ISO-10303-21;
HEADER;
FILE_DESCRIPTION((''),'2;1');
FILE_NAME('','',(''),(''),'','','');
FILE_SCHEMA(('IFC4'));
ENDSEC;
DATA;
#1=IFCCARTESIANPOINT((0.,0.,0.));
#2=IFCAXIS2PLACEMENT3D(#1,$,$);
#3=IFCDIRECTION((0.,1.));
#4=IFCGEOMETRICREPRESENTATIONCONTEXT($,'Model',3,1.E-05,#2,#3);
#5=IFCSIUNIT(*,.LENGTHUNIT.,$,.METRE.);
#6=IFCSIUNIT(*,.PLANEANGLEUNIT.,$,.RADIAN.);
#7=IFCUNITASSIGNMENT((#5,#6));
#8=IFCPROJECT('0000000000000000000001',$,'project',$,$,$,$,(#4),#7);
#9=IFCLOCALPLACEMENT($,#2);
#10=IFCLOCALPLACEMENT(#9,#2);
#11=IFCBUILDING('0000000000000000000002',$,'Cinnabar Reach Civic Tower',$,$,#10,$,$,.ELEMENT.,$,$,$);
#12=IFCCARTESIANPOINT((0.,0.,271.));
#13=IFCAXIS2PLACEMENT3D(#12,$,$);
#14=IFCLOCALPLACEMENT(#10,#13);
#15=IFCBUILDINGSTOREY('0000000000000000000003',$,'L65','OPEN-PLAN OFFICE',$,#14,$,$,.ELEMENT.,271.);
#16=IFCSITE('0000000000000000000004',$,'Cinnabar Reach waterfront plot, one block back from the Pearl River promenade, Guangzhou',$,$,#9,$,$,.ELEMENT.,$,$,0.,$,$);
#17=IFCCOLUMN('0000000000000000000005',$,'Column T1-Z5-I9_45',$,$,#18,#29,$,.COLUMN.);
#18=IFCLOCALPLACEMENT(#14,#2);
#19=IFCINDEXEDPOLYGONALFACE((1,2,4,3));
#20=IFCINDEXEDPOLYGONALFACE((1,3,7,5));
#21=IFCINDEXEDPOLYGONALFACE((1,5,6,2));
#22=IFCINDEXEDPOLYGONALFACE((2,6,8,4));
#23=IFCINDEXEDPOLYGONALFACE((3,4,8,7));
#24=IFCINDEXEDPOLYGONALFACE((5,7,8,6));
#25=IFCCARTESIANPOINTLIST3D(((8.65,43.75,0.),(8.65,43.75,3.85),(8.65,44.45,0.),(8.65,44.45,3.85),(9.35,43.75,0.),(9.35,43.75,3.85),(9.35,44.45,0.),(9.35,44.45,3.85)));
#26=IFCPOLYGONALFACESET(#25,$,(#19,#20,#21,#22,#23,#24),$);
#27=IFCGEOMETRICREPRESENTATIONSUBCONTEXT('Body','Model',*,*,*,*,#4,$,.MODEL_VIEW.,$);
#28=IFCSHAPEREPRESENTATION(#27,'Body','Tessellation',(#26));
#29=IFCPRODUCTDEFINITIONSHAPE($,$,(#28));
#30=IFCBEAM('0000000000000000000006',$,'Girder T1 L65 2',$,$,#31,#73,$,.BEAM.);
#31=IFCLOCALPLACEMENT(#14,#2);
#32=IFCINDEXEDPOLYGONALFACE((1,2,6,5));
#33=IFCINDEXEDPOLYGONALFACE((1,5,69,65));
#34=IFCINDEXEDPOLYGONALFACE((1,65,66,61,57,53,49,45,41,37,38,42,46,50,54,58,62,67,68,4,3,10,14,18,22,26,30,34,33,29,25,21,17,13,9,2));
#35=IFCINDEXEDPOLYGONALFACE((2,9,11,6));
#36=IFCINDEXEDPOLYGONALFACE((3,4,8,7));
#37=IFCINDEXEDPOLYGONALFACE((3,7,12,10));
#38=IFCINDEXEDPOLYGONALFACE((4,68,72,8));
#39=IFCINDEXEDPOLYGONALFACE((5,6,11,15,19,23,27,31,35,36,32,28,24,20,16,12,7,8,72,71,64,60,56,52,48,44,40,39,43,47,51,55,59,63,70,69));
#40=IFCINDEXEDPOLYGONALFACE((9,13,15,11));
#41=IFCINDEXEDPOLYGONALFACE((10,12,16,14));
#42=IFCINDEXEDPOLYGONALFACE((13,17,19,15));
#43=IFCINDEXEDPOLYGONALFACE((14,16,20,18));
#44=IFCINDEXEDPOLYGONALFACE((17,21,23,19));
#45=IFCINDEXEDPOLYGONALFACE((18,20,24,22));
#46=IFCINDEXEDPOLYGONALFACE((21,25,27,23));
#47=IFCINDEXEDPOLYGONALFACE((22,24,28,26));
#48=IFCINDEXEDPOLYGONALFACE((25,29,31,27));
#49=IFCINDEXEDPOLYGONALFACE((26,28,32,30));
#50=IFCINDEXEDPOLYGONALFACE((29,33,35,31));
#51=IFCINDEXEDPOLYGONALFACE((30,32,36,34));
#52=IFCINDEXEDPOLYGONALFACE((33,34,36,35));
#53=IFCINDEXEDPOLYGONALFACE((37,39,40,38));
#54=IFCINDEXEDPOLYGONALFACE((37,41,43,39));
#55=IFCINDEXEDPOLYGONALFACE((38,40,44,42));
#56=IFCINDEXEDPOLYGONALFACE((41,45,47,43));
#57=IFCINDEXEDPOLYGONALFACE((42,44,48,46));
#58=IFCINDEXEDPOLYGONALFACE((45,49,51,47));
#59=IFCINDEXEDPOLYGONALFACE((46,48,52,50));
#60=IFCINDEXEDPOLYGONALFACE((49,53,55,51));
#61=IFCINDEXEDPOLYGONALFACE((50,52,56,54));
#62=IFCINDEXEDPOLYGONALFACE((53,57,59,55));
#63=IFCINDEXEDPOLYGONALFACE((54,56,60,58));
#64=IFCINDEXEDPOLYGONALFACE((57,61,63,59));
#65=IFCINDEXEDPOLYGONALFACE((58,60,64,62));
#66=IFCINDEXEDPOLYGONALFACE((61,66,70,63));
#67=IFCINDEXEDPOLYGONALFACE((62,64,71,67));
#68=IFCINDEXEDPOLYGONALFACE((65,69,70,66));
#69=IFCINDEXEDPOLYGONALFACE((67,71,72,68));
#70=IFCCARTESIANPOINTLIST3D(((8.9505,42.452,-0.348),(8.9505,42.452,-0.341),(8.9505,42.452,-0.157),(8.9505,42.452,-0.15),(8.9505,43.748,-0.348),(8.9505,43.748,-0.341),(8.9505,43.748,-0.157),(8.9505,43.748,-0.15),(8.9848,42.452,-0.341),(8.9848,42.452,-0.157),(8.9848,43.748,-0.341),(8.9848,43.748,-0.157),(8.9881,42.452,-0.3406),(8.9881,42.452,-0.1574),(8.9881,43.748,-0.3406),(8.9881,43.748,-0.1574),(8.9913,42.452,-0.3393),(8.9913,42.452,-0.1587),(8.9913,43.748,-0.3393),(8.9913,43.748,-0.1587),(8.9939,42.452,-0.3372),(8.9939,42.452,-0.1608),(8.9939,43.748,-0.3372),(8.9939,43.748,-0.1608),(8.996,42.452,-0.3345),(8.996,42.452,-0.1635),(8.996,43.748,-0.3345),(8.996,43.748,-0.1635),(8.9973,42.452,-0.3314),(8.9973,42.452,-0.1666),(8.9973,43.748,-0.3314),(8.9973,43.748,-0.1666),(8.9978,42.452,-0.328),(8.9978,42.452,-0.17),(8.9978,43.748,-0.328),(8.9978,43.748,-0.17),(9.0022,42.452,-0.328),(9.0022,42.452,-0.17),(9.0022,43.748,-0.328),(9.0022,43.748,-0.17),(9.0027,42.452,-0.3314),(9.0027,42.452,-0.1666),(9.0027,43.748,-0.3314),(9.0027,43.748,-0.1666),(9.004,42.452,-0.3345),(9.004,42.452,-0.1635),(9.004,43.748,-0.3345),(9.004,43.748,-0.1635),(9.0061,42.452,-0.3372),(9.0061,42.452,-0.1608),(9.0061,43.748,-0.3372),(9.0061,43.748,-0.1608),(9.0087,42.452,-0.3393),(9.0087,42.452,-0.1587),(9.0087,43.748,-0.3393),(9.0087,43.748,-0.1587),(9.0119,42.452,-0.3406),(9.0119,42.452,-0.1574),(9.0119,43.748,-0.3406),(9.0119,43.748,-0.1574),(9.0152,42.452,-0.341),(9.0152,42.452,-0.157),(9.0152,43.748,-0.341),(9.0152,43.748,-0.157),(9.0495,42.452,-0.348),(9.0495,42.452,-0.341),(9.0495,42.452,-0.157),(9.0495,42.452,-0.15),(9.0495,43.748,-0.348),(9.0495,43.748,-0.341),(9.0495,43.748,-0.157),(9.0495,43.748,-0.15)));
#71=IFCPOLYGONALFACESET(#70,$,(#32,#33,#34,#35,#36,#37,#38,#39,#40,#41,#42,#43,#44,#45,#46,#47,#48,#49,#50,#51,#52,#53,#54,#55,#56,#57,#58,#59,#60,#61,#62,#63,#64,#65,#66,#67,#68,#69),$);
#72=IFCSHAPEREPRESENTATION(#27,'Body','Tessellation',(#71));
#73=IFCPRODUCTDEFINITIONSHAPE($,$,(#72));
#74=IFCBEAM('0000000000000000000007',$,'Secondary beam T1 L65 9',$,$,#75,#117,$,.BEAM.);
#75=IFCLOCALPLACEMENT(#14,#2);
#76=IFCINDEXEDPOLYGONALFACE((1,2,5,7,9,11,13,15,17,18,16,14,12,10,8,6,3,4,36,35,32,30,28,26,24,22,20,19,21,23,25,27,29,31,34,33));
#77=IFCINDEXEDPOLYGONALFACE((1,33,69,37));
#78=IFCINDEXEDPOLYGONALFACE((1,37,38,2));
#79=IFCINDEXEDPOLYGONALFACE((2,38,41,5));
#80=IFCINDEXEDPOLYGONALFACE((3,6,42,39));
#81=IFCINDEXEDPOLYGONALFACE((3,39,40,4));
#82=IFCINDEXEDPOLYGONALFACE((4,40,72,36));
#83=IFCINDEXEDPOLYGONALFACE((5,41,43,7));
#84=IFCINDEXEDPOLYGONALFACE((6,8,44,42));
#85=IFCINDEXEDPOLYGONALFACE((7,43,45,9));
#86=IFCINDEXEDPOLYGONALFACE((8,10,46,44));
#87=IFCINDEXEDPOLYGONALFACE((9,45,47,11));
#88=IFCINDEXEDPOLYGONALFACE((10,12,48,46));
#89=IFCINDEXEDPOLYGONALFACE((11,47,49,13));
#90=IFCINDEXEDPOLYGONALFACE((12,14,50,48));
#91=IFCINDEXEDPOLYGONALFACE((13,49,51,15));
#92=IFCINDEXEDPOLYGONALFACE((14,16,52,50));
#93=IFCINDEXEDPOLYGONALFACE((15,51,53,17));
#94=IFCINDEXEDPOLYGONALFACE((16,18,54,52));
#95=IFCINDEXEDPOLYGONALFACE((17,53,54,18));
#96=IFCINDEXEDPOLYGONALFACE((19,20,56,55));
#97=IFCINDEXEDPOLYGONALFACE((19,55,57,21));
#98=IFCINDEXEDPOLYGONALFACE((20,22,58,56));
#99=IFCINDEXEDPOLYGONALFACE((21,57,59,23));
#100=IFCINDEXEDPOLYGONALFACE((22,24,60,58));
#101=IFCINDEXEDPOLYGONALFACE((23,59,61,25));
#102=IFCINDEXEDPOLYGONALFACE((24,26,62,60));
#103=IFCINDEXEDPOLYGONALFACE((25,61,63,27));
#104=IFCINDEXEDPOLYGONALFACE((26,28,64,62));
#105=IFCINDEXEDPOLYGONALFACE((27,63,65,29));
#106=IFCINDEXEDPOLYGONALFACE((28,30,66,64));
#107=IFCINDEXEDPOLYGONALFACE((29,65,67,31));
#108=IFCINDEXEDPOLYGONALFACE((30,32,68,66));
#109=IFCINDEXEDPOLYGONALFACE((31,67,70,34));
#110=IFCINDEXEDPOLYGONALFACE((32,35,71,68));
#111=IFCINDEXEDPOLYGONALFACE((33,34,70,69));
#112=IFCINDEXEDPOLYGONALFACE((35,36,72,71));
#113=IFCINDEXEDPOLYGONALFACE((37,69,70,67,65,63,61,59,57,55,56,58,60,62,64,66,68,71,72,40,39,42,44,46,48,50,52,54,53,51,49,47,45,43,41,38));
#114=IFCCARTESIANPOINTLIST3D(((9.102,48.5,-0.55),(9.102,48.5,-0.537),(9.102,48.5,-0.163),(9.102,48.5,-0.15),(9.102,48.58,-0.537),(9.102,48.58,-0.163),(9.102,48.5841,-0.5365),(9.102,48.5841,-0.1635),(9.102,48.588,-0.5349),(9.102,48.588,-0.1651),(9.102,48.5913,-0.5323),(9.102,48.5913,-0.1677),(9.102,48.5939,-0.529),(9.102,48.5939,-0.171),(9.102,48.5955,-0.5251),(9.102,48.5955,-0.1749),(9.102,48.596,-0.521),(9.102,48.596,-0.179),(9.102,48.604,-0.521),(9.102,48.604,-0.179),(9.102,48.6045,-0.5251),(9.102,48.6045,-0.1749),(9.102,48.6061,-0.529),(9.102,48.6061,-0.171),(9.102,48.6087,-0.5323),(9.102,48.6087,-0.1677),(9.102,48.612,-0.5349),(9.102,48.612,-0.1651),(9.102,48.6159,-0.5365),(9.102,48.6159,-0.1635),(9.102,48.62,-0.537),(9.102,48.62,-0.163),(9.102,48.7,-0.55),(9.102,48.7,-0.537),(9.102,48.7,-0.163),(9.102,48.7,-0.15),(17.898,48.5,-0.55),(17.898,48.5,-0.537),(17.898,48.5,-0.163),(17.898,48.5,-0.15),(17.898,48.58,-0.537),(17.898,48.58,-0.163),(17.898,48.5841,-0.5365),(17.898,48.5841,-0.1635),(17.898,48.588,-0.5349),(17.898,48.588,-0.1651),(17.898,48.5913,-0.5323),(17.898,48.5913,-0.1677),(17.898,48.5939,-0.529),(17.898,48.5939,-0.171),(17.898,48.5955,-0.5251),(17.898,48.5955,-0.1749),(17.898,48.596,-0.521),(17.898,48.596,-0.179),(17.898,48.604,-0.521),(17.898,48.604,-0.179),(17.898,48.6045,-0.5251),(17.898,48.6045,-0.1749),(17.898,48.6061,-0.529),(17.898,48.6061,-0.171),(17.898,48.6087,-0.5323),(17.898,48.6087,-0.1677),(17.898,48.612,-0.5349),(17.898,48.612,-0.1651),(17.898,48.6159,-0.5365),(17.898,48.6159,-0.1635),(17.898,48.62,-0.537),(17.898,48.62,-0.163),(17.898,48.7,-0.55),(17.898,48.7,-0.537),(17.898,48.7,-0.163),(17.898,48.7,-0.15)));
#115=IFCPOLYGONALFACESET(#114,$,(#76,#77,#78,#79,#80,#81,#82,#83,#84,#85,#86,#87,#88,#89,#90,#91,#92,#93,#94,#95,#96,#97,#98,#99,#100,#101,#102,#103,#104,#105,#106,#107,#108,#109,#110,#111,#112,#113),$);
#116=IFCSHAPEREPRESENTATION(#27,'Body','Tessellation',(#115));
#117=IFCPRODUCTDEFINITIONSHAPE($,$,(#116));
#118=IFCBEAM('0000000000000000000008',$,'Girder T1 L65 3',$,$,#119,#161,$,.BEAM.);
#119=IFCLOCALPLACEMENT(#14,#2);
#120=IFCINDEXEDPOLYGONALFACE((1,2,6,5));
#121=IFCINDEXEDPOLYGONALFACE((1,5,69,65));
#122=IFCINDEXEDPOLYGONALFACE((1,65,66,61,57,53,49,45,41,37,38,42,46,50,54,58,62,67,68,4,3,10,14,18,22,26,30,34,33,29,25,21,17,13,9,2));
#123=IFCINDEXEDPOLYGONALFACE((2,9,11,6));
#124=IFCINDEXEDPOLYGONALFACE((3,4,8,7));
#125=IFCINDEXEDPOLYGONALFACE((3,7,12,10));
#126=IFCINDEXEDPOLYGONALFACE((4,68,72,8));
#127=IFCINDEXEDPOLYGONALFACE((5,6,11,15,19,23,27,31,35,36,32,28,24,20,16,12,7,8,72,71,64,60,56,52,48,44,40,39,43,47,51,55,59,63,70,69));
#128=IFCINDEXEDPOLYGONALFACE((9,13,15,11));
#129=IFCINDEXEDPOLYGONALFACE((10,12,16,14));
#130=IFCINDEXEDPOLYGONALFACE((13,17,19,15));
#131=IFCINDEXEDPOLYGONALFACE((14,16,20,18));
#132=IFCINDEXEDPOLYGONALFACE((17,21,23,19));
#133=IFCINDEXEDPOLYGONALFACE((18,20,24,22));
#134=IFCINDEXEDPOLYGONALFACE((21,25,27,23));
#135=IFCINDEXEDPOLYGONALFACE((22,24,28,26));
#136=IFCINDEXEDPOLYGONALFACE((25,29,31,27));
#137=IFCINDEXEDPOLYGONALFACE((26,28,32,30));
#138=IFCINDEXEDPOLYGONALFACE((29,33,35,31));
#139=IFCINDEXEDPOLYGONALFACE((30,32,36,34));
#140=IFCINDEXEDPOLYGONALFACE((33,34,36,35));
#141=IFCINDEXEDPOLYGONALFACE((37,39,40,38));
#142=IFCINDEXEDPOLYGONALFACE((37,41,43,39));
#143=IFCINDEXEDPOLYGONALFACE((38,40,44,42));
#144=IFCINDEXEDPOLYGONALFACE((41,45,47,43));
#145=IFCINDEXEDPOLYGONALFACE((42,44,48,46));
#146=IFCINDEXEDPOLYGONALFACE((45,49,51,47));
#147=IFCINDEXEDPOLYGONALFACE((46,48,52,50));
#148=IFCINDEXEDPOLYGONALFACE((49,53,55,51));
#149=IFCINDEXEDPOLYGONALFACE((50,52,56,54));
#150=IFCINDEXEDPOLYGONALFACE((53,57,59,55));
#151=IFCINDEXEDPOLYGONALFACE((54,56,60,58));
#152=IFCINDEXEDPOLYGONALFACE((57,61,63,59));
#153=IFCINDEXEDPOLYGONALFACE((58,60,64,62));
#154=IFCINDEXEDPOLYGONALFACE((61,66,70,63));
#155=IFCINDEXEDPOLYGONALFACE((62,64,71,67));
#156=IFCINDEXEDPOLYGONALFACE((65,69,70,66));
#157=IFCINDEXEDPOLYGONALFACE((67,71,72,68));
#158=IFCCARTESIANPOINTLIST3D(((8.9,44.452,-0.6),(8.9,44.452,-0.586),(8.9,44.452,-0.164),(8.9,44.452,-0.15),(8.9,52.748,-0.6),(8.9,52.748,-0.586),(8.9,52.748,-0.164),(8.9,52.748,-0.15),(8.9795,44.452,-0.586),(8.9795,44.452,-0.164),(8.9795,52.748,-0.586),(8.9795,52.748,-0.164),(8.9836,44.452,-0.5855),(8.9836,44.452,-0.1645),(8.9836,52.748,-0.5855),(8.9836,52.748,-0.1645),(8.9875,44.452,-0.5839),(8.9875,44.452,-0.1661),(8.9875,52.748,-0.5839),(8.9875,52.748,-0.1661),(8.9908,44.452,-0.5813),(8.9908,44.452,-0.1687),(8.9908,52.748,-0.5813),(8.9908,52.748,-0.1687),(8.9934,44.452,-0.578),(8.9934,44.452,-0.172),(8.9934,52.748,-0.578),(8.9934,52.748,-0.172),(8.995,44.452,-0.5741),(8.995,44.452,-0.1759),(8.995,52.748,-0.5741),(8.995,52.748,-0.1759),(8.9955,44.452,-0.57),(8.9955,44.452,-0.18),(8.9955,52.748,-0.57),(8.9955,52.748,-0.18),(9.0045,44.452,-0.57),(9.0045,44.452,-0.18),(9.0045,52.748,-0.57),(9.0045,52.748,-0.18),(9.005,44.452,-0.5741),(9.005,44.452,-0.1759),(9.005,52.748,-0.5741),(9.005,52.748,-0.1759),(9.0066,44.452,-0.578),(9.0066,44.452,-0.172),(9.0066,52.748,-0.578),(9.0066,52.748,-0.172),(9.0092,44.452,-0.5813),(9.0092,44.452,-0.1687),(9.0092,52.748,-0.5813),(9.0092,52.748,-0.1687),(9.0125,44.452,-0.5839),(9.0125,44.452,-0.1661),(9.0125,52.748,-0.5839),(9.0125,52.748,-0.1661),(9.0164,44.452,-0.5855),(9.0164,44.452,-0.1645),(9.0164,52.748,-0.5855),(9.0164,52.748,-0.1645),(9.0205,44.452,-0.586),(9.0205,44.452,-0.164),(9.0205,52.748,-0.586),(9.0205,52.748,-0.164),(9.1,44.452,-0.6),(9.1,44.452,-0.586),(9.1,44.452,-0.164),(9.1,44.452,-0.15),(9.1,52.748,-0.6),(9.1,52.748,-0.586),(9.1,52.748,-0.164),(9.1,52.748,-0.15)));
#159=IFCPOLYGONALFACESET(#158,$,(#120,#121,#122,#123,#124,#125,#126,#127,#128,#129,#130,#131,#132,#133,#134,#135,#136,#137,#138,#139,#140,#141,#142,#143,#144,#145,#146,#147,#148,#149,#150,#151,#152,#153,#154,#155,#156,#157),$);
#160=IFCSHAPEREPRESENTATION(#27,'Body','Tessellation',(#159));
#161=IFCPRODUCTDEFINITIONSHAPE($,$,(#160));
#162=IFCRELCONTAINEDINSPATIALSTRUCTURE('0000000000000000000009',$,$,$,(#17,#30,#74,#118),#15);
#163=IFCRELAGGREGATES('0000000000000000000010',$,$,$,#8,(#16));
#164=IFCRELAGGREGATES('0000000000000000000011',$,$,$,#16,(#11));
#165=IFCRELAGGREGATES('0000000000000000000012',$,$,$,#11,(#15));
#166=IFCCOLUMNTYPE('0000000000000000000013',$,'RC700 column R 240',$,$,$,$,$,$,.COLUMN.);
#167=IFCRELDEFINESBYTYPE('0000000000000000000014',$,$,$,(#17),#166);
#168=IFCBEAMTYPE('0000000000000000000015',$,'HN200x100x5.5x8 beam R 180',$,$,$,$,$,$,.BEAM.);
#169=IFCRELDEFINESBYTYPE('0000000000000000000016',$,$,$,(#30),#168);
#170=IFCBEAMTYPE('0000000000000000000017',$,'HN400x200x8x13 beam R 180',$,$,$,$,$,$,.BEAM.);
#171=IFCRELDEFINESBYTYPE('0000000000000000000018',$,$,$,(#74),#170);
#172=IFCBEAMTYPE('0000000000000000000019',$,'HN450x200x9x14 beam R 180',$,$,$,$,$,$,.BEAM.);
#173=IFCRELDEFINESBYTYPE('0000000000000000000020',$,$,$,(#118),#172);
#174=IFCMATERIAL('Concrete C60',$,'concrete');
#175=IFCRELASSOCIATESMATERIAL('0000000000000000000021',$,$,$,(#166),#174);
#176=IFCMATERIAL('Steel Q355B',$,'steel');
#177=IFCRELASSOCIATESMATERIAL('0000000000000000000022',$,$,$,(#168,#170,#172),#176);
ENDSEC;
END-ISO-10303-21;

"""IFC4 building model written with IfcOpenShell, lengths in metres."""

from ifc_helpers import new_model, si_unit, direction, frame, origin, origin_2d, place, context, subcontext, project, spatial, rectangle, i_section, extrude, material, material_profile, profile_set, type_object, element, save


model = new_model("IFC4")

# Units and contexts
model_context = context("Model", 3, precision=1e-05, world=origin(), true_north=direction((0.0, 1.0)))
body_context = subcontext(model_context, "Body", "Model", "MODEL_VIEW")
ifc_project = project(units=[si_unit("LENGTHUNIT", "METRE"), si_unit("PLANEANGLEUNIT", "RADIAN")], contexts=[model_context])

# Site, building, storey
site_placement = place(None, origin())
site = spatial("IfcSite", under=ifc_project, at=site_placement, Name="Cinnabar Reach waterfront plot, one block back from the Pearl River promenade, Guangzhou", CompositionType="ELEMENT", RefElevation=0.0)
building_placement = place(site_placement, origin())
building = spatial("IfcBuilding", under=site, at=building_placement, Name="Cinnabar Reach Civic Tower", CompositionType="ELEMENT")
storey_placement = place(building_placement, frame((0.0, 0.0, 271.0)))
storey = spatial("IfcBuildingStorey", under=building, at=storey_placement, Name="L65", Description="OPEN-PLAN OFFICE", CompositionType="ELEMENT", Elevation=271.0)

# Column
ifc_material_1 = material(Name="Concrete C60", Category="concrete")
ifc_material_profile_1 = material_profile(ifc_material_1, rectangle(XDim=0.7, YDim=0.7, at=origin_2d()), Name="RC700")
ifc_profile_set_1 = profile_set([ifc_material_profile_1], Name="Concrete C60")
column_type = type_object("IfcColumnType", Name="RC700 column R 240", PredefinedType="COLUMN", material=ifc_profile_set_1)
column_placement = place(storey_placement, frame((9.0, 44.1, 0.0), z_axis=(0.0, 0.0, 1.0), x_axis=(1.0, 0.0, 0.0)))
element("IfcColumn", 1, at=column_placement, inside=storey, type_object=column_type, Name="Column T1-Z5-I9_45", PredefinedType="COLUMN", context=body_context, shape_type="SweptSolid", body=[
    extrude(rectangle(XDim=0.7, YDim=0.7, at=origin_2d()), origin(), (0.0, 0.0, 1.0), 3.85),
])

# Beams
ifc_material_2 = material(Name="Steel Q355B", Category="steel")
ifc_material_profile_2 = material_profile(ifc_material_2, i_section(OverallWidth=0.099, OverallDepth=0.198, WebThickness=0.0045, FlangeThickness=0.007, FilletRadius=0.013, at=origin_2d()), Name="HN200x100x5.5x8")
ifc_profile_set_2 = profile_set([ifc_material_profile_2], Name="Steel Q355B")
beam_type_1 = type_object("IfcBeamType", Name="HN200x100x5.5x8 beam R 180", PredefinedType="BEAM", material=ifc_profile_set_2)
beam_1_placement = place(storey_placement, frame((9.0, 42.452, -0.249), z_axis=(0.0, 1.0, 0.0), x_axis=(-1.0, 0.0, 0.0)))
element("IfcBeam", 2, at=beam_1_placement, inside=storey, type_object=beam_type_1, Name="Girder T1 L65 2", PredefinedType="BEAM", context=body_context, shape_type="SweptSolid", body=[
    extrude(i_section(OverallWidth=0.099, OverallDepth=0.198, WebThickness=0.0045, FlangeThickness=0.007, FilletRadius=0.013, at=origin_2d()), origin(), (0.0, 0.0, 1.0), 1.296),
])
ifc_material_profile_3 = material_profile(ifc_material_2, i_section(OverallWidth=0.2, OverallDepth=0.4, WebThickness=0.008, FlangeThickness=0.013, FilletRadius=0.016, at=origin_2d()), Name="HN400x200x8x13")
ifc_profile_set_3 = profile_set([ifc_material_profile_3], Name="Steel Q355B")
beam_type_2 = type_object("IfcBeamType", Name="HN400x200x8x13 beam R 180", PredefinedType="BEAM", material=ifc_profile_set_3)
beam_2_placement = place(storey_placement, frame((9.102, 48.6, -0.35), z_axis=(1.0, 0.0, 0.0), x_axis=(0.0, 1.0, 0.0)))
element("IfcBeam", 3, at=beam_2_placement, inside=storey, type_object=beam_type_2, Name="Secondary beam T1 L65 9", PredefinedType="BEAM", context=body_context, shape_type="SweptSolid", body=[
    extrude(i_section(OverallWidth=0.2, OverallDepth=0.4, WebThickness=0.008, FlangeThickness=0.013, FilletRadius=0.016, at=origin_2d()), origin(), (0.0, 0.0, 1.0), 8.796),
])
ifc_material_profile_4 = material_profile(ifc_material_2, i_section(OverallWidth=0.2, OverallDepth=0.45, WebThickness=0.009, FlangeThickness=0.014, FilletRadius=0.016, at=origin_2d()), Name="HN450x200x9x14")
ifc_profile_set_4 = profile_set([ifc_material_profile_4], Name="Steel Q355B")
beam_type_3 = type_object("IfcBeamType", Name="HN450x200x9x14 beam R 180", PredefinedType="BEAM", material=ifc_profile_set_4)
beam_3_placement = place(storey_placement, frame((9.0, 44.452, -0.375), z_axis=(0.0, 1.0, 0.0), x_axis=(-1.0, 0.0, 0.0)))
element("IfcBeam", 4, at=beam_3_placement, inside=storey, type_object=beam_type_3, Name="Girder T1 L65 3", PredefinedType="BEAM", context=body_context, shape_type="SweptSolid", body=[
    extrude(i_section(OverallWidth=0.2, OverallDepth=0.45, WebThickness=0.009, FlangeThickness=0.014, FilletRadius=0.016, at=origin_2d()), origin(), (0.0, 0.0, 1.0), 8.296),
])

save(model, "model.ifc")
